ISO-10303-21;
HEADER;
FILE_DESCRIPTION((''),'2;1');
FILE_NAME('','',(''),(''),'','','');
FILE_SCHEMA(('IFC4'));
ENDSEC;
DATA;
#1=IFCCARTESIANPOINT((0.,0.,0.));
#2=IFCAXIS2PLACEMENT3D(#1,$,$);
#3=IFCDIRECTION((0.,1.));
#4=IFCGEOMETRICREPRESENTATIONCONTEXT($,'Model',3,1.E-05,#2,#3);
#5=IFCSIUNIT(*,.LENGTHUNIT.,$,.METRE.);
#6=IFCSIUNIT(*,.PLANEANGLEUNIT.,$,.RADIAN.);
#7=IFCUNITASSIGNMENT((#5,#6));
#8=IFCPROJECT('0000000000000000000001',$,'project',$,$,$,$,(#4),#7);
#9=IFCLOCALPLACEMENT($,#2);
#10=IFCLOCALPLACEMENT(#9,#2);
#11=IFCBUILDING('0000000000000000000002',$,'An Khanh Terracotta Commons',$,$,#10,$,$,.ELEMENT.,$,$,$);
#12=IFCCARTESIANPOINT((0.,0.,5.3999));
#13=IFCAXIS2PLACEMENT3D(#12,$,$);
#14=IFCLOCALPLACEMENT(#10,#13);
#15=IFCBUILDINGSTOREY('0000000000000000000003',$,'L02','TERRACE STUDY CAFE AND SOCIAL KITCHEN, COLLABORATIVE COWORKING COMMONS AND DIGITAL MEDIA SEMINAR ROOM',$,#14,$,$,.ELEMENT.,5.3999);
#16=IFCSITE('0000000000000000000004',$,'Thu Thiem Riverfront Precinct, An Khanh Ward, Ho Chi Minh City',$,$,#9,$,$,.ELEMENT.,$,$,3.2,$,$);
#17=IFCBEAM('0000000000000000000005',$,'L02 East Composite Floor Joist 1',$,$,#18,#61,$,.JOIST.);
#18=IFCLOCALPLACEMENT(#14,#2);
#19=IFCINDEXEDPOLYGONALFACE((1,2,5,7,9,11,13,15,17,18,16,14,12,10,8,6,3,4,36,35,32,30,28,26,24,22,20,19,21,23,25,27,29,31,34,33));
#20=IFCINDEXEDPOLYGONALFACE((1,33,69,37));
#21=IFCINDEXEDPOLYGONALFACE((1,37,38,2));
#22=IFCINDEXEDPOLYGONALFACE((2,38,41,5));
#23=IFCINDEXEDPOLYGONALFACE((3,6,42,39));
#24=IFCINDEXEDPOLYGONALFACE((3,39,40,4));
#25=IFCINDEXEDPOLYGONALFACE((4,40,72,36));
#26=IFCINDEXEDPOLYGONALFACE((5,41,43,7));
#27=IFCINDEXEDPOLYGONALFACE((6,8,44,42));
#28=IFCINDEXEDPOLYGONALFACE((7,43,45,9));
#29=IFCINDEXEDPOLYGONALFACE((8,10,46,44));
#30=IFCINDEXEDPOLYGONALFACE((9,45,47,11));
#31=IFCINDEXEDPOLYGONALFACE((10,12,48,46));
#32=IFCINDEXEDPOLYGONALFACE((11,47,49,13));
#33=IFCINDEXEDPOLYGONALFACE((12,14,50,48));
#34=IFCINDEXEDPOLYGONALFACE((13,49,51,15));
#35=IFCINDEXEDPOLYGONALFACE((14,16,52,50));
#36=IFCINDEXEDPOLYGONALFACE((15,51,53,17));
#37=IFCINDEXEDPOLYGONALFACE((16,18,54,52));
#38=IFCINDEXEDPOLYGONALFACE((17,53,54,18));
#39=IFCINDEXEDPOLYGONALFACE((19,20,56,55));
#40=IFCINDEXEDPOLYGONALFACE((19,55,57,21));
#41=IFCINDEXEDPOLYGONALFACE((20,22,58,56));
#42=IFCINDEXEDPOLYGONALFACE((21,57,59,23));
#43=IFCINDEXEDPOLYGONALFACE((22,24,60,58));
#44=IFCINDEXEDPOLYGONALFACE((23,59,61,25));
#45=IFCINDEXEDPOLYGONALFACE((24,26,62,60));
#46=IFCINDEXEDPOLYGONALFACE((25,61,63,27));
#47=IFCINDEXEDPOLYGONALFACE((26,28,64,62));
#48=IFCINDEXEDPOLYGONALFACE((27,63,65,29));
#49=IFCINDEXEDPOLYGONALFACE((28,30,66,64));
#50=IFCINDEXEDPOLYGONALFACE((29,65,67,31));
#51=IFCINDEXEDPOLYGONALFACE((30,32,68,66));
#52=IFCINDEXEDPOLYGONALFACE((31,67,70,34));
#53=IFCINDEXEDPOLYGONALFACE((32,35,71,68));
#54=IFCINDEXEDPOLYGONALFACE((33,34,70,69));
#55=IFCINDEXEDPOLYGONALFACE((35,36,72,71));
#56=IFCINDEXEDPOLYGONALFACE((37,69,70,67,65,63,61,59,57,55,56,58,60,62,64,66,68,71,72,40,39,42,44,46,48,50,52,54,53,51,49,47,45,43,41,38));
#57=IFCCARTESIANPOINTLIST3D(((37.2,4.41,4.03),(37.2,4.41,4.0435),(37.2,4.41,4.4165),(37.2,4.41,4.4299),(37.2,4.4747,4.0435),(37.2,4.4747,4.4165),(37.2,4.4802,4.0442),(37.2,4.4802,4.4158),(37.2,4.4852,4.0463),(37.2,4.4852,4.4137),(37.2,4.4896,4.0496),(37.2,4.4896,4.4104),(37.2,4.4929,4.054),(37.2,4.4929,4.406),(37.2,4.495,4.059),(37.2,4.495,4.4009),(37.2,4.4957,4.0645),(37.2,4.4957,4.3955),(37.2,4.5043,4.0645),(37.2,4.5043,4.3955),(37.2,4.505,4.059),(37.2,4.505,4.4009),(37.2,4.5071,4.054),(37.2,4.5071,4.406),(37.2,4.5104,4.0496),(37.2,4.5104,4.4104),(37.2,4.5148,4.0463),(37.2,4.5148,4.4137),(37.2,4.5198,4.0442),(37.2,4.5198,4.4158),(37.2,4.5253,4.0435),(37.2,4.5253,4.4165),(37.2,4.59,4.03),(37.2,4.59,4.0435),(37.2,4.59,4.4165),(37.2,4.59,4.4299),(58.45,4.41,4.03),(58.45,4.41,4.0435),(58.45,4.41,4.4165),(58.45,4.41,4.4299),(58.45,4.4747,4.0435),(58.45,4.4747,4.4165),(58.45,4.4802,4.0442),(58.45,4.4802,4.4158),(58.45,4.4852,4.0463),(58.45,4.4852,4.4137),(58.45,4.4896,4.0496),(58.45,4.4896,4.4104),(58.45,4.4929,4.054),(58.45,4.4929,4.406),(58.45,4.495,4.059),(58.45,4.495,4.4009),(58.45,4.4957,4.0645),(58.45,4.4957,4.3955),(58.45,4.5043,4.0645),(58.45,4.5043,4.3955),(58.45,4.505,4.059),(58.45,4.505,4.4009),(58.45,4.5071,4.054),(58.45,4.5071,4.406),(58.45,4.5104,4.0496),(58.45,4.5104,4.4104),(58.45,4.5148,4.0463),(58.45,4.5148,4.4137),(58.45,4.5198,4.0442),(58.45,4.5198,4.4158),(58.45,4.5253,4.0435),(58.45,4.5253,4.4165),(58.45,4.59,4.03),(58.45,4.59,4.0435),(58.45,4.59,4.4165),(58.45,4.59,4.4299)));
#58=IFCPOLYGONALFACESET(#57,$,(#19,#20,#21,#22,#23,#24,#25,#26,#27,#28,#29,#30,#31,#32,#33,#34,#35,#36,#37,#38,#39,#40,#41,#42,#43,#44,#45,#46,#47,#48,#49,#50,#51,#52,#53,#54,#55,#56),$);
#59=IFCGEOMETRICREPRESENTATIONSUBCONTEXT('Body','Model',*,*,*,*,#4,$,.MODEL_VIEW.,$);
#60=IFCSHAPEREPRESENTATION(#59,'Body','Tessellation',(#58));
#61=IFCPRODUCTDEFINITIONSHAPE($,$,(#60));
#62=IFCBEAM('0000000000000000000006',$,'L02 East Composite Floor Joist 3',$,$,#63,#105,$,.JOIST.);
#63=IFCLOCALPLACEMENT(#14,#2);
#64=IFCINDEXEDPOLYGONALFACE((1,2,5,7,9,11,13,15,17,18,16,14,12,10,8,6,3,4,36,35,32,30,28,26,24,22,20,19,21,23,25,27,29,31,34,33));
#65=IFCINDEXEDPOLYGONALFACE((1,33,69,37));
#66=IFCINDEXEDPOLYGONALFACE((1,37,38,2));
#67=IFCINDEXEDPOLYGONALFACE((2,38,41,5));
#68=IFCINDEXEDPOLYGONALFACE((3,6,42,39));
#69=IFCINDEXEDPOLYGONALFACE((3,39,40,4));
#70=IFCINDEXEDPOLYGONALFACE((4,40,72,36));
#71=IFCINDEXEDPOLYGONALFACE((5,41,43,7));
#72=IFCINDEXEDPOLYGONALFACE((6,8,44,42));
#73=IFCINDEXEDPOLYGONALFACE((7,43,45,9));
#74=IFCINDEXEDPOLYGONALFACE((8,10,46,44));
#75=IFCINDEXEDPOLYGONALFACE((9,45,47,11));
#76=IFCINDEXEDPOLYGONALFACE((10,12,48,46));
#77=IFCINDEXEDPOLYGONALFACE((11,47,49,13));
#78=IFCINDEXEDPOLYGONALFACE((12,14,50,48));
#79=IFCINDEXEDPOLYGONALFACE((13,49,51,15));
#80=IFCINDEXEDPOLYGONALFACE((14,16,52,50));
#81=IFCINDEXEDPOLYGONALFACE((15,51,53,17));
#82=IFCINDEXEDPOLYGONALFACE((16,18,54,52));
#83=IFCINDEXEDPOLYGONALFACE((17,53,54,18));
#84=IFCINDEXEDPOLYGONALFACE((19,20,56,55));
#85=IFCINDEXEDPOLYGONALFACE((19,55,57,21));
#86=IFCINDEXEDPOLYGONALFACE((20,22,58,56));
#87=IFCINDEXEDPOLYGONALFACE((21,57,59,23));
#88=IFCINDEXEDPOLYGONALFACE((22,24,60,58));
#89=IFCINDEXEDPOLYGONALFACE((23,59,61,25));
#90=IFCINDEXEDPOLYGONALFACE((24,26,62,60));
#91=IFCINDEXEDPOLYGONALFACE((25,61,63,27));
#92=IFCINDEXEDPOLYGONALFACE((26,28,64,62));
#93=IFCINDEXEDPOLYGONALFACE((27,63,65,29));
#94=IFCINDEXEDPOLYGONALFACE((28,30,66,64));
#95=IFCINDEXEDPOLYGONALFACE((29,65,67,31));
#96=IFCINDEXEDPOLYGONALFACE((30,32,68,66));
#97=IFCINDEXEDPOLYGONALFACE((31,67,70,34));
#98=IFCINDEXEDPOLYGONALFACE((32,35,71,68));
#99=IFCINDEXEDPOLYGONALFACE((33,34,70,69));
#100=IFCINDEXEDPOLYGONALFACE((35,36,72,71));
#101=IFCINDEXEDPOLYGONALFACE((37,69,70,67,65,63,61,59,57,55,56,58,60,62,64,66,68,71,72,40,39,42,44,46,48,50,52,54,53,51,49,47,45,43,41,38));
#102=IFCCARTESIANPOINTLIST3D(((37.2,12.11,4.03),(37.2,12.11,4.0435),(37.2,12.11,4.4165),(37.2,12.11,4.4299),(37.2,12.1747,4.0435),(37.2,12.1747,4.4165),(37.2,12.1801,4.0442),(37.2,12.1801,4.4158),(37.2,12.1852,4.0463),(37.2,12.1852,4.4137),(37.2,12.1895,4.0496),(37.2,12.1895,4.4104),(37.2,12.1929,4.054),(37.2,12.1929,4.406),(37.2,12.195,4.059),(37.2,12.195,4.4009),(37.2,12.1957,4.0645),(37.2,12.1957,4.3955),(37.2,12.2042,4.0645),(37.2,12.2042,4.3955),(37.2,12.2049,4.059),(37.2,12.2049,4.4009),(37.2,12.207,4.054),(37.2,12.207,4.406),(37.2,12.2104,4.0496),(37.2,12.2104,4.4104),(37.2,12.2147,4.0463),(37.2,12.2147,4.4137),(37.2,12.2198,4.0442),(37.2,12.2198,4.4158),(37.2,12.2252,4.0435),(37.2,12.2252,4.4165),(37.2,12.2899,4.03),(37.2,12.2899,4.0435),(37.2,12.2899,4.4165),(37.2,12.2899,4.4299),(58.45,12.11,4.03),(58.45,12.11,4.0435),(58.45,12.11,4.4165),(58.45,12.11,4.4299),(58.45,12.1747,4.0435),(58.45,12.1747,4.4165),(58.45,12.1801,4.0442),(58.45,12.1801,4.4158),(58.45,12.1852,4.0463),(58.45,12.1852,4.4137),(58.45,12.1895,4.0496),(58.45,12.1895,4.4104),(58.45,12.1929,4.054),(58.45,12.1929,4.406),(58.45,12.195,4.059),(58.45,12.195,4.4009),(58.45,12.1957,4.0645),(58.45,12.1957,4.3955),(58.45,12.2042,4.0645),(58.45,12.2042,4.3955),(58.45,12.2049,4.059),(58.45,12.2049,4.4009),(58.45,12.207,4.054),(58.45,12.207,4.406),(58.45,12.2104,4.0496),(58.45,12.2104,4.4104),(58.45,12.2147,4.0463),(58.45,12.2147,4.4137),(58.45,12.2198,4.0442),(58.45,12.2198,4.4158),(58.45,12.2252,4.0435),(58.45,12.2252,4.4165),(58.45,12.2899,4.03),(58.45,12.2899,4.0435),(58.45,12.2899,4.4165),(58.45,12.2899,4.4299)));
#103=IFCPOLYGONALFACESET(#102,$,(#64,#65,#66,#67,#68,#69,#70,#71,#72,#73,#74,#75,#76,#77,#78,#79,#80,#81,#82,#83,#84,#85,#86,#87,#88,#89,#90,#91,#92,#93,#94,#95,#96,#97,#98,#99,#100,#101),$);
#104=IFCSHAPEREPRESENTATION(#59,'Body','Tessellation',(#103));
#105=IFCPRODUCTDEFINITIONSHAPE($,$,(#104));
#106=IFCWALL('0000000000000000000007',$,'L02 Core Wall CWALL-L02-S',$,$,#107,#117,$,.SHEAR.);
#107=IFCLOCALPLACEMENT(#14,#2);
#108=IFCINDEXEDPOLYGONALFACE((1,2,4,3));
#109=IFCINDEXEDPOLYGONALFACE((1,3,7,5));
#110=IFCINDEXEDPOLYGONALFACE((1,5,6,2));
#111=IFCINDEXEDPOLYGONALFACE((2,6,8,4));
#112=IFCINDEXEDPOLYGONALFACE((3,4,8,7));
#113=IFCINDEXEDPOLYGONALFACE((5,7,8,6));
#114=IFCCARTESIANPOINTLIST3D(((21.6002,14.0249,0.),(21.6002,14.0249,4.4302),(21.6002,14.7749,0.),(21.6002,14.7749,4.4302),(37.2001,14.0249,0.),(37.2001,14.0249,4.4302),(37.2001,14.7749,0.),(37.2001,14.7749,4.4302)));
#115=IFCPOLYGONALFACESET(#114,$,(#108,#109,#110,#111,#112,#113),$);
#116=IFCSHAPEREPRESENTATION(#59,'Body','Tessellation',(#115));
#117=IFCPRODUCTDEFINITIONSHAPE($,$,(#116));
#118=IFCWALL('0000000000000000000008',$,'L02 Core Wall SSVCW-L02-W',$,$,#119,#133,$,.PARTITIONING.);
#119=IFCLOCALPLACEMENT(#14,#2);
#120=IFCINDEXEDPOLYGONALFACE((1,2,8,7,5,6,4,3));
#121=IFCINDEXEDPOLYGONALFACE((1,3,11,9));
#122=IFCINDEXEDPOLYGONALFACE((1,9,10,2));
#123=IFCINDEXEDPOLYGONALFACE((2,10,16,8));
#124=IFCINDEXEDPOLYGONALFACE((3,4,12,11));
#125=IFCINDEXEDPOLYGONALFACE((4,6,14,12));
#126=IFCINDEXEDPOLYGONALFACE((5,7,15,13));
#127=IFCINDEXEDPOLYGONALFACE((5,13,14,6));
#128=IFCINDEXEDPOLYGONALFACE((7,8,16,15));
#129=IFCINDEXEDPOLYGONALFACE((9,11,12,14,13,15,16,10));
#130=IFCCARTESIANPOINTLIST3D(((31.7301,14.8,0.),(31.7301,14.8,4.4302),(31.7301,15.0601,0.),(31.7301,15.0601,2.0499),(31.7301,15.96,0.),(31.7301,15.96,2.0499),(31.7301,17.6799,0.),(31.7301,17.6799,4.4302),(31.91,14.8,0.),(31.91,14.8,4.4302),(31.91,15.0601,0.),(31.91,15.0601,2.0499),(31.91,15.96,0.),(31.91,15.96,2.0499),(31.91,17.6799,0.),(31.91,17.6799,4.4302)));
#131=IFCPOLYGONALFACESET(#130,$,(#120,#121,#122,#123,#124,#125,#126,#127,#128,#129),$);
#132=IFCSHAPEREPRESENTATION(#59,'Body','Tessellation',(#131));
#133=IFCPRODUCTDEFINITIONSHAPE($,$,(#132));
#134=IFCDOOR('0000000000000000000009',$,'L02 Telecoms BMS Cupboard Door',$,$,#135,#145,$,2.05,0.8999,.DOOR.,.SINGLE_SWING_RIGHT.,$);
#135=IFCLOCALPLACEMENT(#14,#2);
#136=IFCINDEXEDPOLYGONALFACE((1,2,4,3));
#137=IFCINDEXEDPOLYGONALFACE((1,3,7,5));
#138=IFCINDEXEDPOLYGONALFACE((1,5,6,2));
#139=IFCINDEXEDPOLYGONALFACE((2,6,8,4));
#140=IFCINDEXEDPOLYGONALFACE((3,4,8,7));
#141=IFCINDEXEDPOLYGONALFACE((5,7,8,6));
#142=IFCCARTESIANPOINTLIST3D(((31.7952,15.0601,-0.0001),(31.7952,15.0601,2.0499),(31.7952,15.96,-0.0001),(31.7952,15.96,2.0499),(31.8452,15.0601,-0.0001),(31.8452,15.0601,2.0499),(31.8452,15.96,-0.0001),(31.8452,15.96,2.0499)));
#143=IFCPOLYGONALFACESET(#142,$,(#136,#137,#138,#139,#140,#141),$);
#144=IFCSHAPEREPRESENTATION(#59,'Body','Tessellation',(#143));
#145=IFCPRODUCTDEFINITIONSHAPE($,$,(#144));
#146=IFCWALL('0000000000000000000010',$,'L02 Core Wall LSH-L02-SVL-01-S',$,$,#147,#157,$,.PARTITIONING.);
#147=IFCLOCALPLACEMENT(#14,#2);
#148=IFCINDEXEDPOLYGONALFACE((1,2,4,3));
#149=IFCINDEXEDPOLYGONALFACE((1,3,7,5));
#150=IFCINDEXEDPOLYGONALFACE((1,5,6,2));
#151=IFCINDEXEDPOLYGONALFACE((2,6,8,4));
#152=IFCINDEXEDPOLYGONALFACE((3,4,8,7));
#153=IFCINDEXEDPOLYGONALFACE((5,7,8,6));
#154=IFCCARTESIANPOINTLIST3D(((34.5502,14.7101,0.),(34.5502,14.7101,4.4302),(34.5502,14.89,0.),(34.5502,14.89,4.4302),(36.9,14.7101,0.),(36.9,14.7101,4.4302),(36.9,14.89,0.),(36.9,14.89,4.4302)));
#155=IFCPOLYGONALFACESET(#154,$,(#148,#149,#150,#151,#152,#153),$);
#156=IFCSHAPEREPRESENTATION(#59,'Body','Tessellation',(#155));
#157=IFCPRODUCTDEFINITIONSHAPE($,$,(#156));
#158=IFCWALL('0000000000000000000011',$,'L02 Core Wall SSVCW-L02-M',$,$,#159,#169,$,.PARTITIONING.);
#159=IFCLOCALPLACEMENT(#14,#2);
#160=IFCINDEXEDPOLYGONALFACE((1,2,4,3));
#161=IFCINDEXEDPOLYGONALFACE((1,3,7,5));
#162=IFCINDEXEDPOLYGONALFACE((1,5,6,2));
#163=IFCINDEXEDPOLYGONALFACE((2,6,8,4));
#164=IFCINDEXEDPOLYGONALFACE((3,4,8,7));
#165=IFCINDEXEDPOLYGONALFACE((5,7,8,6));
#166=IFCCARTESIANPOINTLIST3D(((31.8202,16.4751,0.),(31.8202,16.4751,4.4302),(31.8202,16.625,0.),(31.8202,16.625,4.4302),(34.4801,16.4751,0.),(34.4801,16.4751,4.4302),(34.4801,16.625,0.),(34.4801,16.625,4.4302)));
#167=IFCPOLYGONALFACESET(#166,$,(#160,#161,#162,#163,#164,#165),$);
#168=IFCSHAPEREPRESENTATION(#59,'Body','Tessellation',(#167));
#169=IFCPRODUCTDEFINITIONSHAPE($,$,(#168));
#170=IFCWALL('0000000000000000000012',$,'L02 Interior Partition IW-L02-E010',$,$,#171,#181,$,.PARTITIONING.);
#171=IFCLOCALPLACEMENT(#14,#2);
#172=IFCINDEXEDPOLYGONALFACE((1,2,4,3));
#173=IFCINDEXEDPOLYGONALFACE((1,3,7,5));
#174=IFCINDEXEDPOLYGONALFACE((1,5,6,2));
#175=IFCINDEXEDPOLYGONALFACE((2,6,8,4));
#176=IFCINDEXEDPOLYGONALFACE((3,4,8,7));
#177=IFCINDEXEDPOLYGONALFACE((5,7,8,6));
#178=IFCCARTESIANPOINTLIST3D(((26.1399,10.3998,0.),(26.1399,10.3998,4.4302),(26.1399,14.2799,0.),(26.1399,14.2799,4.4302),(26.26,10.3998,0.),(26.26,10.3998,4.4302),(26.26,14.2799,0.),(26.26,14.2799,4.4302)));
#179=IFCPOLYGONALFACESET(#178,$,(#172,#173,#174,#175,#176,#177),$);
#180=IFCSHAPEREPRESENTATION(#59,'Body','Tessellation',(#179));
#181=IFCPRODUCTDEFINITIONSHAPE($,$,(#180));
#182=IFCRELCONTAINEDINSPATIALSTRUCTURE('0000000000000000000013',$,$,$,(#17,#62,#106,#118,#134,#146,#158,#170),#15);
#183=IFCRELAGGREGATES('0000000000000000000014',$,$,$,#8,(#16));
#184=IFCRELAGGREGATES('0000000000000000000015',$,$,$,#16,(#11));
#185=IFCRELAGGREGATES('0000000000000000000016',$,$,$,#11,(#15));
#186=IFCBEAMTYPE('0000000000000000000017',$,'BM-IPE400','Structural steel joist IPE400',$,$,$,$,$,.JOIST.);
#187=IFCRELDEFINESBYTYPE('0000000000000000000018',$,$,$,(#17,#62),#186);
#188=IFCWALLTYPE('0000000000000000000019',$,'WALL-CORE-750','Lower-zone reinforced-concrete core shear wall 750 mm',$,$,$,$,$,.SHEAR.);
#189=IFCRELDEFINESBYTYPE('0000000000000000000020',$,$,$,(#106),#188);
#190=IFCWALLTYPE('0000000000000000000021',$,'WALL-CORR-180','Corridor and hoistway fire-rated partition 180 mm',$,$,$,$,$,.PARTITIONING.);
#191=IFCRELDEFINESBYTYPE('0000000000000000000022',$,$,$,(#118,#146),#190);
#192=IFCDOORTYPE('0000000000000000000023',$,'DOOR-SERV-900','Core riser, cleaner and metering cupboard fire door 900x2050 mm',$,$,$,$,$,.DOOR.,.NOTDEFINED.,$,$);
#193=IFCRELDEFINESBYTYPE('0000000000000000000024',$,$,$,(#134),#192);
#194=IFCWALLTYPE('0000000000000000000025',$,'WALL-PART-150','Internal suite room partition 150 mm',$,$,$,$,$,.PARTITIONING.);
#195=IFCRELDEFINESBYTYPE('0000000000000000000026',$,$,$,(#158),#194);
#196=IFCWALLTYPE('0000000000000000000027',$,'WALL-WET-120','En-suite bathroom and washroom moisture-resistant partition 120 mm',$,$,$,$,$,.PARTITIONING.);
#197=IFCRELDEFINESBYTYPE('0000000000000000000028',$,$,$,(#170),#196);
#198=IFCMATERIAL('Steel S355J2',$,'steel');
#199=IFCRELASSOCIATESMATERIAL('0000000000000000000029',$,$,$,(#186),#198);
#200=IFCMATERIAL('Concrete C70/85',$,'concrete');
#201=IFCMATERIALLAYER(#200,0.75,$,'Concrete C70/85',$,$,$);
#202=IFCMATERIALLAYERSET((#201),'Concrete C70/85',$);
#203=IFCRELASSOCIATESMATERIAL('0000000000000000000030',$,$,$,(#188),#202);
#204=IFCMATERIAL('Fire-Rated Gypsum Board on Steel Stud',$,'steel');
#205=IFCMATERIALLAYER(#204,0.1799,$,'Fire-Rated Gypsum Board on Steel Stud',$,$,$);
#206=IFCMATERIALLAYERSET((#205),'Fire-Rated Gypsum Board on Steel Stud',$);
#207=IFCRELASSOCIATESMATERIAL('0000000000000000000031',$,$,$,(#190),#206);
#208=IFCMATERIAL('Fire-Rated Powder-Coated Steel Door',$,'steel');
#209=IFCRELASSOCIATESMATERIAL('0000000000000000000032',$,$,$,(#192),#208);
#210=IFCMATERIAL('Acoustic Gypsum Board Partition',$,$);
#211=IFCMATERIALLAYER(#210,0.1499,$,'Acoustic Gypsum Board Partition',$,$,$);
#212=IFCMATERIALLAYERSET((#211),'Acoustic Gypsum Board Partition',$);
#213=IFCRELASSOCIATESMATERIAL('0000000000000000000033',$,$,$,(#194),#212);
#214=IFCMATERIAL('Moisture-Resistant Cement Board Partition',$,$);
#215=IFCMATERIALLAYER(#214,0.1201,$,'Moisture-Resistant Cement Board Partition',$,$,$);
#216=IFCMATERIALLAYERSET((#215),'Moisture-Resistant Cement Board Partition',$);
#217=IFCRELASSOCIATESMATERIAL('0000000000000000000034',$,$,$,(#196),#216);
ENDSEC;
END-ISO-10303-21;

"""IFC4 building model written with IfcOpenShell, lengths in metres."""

from ifc_helpers import new_model, si_unit, direction, frame, frame_2d, origin, origin_2d, place, context, subcontext, project, spatial, rectangle, i_section, extrude, material, layer, layer_set, material_profile, profile_set, type_object, element, fill, save


model = new_model("IFC4")

# Units and contexts
model_context = context("Model", 3, precision=1e-05, world=origin(), true_north=direction((0.0, 1.0)))
body_context = subcontext(model_context, "Body", "Model", "MODEL_VIEW")
ifc_project = project(units=[si_unit("LENGTHUNIT", "METRE"), si_unit("PLANEANGLEUNIT", "RADIAN")], contexts=[model_context])

# Site, building, storey
site_placement = place(None, origin())
site = spatial("IfcSite", under=ifc_project, at=site_placement, Name="Thu Thiem Riverfront Precinct, An Khanh Ward, Ho Chi Minh City", CompositionType="ELEMENT", RefElevation=3.2)
building_placement = place(site_placement, origin())
building = spatial("IfcBuilding", under=site, at=building_placement, Name="An Khanh Terracotta Commons", CompositionType="ELEMENT")
storey_placement = place(building_placement, frame((0.0, 0.0, 5.3999)))
storey = spatial("IfcBuildingStorey", under=building, at=storey_placement, Name="L02", Description="TERRACE STUDY CAFE AND SOCIAL KITCHEN, COLLABORATIVE COWORKING COMMONS AND DIGITAL MEDIA SEMINAR ROOM", CompositionType="ELEMENT", Elevation=5.3999)

# Shared definitions
ifc_material_1 = material(Name="Concrete C70/85", Category="concrete")

# Beams
ifc_material_2 = material(Name="Steel S355J2", Category="steel")
ifc_material_profile_1 = material_profile(ifc_material_2, i_section(OverallWidth=0.1799, OverallDepth=0.3999, WebThickness=0.0085, FlangeThickness=0.0134, FilletRadius=0.021, at=origin_2d()), Name="IPE400")
ifc_profile_set_1 = profile_set([ifc_material_profile_1], Name="Steel S355J2")
beam_type_1 = type_object("IfcBeamType", Name="BM-IPE400", Description="Structural steel joist IPE400", PredefinedType="JOIST", material=ifc_profile_set_1)
for number, where, z_axis, x_axis, name in (
    (1, (37.2, 4.5, 4.23), (1.0, 0.0, 0.0), (0.0, 1.0, 0.0), "L02 East Composite Floor Joist 1"),
    (2, (37.2, 12.2, 4.23), (1.0, 0.0, 0.0), (0.0, 1.0, 0.0), "L02 East Composite Floor Joist 3"),
):
    element("IfcBeam", number, at=place(storey_placement, frame(where, z_axis=z_axis, x_axis=x_axis)), inside=storey, type_object=beam_type_1, Name=name, PredefinedType="JOIST", context=body_context, shape_type="SweptSolid", body=[
        extrude(i_section(OverallWidth=0.1799, OverallDepth=0.3999, WebThickness=0.0085, FlangeThickness=0.0134, FilletRadius=0.021, at=origin_2d()), origin(), (0.0, 0.0, 1.0), 21.25),
    ])

# Wall
ifc_layer_1 = layer(ifc_material_1, 0.75, Name="Concrete C70/85")
ifc_layer_set_1 = layer_set([ifc_layer_1], Name="Concrete C70/85")
wall_type_1 = type_object("IfcWallType", Name="WALL-CORE-750", Description="Lower-zone reinforced-concrete core shear wall 750 mm", PredefinedType="SHEAR", material=ifc_layer_set_1)
wall_1_placement = place(storey_placement, frame((37.2, 14.3999, 0.0), z_axis=(0.0, 0.0, 1.0), x_axis=(-1.0, 0.0, 0.0)))
element("IfcWall", 3, at=wall_1_placement, inside=storey, type_object=wall_type_1, Name="L02 Core Wall CWALL-L02-S", PredefinedType="SHEAR", context=body_context, shape_type="SweptSolid", body=[
    extrude(rectangle(XDim=15.5999, YDim=0.75, at=frame_2d((7.7998, 0.0))), origin(), (0.0, 0.0, 1.0), 4.4302),
])

# Wall, opening, door
ifc_material_3 = material(Name="Fire-Rated Gypsum Board on Steel Stud", Category="steel")
ifc_layer_2 = layer(ifc_material_3, 0.1799, Name="Fire-Rated Gypsum Board on Steel Stud")
ifc_layer_set_2 = layer_set([ifc_layer_2], Name="Fire-Rated Gypsum Board on Steel Stud")
wall_type_2 = type_object("IfcWallType", Name="WALL-CORR-180", Description="Corridor and hoistway fire-rated partition 180 mm", PredefinedType="PARTITIONING", material=ifc_layer_set_2)
wall_2_placement = place(storey_placement, frame((31.8201, 14.8, 0.0), z_axis=(0.0, 0.0, 1.0), x_axis=(0.0, 1.0, 0.0)))
wall_2 = element("IfcWall", 4, at=wall_2_placement, inside=storey, type_object=wall_type_2, Name="L02 Core Wall SSVCW-L02-W", PredefinedType="PARTITIONING", context=body_context, shape_type="SweptSolid", body=[
    extrude(rectangle(XDim=2.8799, YDim=0.1799, at=frame_2d((1.4399, 0.0))), origin(), (0.0, 0.0, 1.0), 4.4302),
])
opening_1_placement = place(wall_2_placement, frame((0.26, 0.0, 0.0)))
opening_1 = element("IfcOpeningElement", 5, at=opening_1_placement, cuts=wall_2, PredefinedType="OPENING", context=body_context, shape_type="SweptSolid", body=[
    extrude(rectangle(XDim=0.8999, YDim=2.05, at=frame_2d((0.45, 1.0249))), frame((0.0, 0.0999, 0.0), z_axis=(0.0, -1.0, 0.0), x_axis=(1.0, 0.0, 0.0)), (0.0, 0.0, 1.0), 0.2),
])
ifc_material_4 = material(Name="Fire-Rated Powder-Coated Steel Door", Category="steel")
door_type_1 = type_object("IfcDoorType", Name="DOOR-SERV-900", Description="Core riser, cleaner and metering cupboard fire door 900x2050 mm", OperationType="NOTDEFINED", PredefinedType="DOOR", material=ifc_material_4)
door_1_placement = place(opening_1_placement, origin())
door_1 = element("IfcDoor", 6, at=door_1_placement, inside=storey, type_object=door_type_1, Name="L02 Telecoms BMS Cupboard Door", OperationType="SINGLE_SWING_RIGHT", OverallHeight=2.05, OverallWidth=0.8999, PredefinedType="DOOR", context=body_context, shape_type="SweptSolid", body=[
    extrude(rectangle(XDim=0.8999, YDim=2.05, at=frame_2d((0.45, 1.0249))), frame((0.0, 0.0249, 0.0), z_axis=(0.0, -1.0, 0.0), x_axis=(1.0, 0.0, 0.0)), (0.0, 0.0, 1.0), 0.05),
])
fill(opening_1, door_1)

# Walls
wall_3_placement = place(storey_placement, frame((36.8999, 14.8, 0.0), z_axis=(0.0, 0.0, 1.0), x_axis=(-1.0, 0.0, 0.0)))
element("IfcWall", 7, at=wall_3_placement, inside=storey, type_object=wall_type_2, Name="L02 Core Wall LSH-L02-SVL-01-S", PredefinedType="PARTITIONING", context=body_context, shape_type="SweptSolid", body=[
    extrude(rectangle(XDim=2.3499, YDim=0.1799, at=frame_2d((1.1748, 0.0))), origin(), (0.0, 0.0, 1.0), 4.4302),
])
ifc_material_5 = material(Name="Acoustic Gypsum Board Partition")
ifc_layer_3 = layer(ifc_material_5, 0.1499, Name="Acoustic Gypsum Board Partition")
ifc_layer_set_3 = layer_set([ifc_layer_3], Name="Acoustic Gypsum Board Partition")
wall_type_3 = type_object("IfcWallType", Name="WALL-PART-150", Description="Internal suite room partition 150 mm", PredefinedType="PARTITIONING", material=ifc_layer_set_3)
wall_4_placement = place(storey_placement, frame((31.8201, 16.55, 0.0), z_axis=(0.0, 0.0, 1.0), x_axis=(1.0, 0.0, 0.0)))
element("IfcWall", 8, at=wall_4_placement, inside=storey, type_object=wall_type_3, Name="L02 Core Wall SSVCW-L02-M", PredefinedType="PARTITIONING", context=body_context, shape_type="SweptSolid", body=[
    extrude(rectangle(XDim=2.6599, YDim=0.1499, at=frame_2d((1.3301, 0.0))), origin(), (0.0, 0.0, 1.0), 4.4302),
])

# Wall
ifc_material_6 = material(Name="Moisture-Resistant Cement Board Partition")
ifc_layer_4 = layer(ifc_material_6, 0.1201, Name="Moisture-Resistant Cement Board Partition")
ifc_layer_set_4 = layer_set([ifc_layer_4], Name="Moisture-Resistant Cement Board Partition")
wall_type_4 = type_object("IfcWallType", Name="WALL-WET-120", Description="En-suite bathroom and washroom moisture-resistant partition 120 mm", PredefinedType="PARTITIONING", material=ifc_layer_set_4)
wall_5_placement = place(storey_placement, frame((26.2, 10.3999, 0.0), z_axis=(0.0, 0.0, 1.0), x_axis=(0.0, 1.0, 0.0)))
element("IfcWall", 9, at=wall_5_placement, inside=storey, type_object=wall_type_4, Name="L02 Interior Partition IW-L02-E010", PredefinedType="PARTITIONING", context=body_context, shape_type="SweptSolid", body=[
    extrude(rectangle(XDim=3.8801, YDim=0.1201, at=frame_2d((1.9399, 0.0))), origin(), (0.0, 0.0, 1.0), 4.4302),
])

save(model, "model.ifc")
